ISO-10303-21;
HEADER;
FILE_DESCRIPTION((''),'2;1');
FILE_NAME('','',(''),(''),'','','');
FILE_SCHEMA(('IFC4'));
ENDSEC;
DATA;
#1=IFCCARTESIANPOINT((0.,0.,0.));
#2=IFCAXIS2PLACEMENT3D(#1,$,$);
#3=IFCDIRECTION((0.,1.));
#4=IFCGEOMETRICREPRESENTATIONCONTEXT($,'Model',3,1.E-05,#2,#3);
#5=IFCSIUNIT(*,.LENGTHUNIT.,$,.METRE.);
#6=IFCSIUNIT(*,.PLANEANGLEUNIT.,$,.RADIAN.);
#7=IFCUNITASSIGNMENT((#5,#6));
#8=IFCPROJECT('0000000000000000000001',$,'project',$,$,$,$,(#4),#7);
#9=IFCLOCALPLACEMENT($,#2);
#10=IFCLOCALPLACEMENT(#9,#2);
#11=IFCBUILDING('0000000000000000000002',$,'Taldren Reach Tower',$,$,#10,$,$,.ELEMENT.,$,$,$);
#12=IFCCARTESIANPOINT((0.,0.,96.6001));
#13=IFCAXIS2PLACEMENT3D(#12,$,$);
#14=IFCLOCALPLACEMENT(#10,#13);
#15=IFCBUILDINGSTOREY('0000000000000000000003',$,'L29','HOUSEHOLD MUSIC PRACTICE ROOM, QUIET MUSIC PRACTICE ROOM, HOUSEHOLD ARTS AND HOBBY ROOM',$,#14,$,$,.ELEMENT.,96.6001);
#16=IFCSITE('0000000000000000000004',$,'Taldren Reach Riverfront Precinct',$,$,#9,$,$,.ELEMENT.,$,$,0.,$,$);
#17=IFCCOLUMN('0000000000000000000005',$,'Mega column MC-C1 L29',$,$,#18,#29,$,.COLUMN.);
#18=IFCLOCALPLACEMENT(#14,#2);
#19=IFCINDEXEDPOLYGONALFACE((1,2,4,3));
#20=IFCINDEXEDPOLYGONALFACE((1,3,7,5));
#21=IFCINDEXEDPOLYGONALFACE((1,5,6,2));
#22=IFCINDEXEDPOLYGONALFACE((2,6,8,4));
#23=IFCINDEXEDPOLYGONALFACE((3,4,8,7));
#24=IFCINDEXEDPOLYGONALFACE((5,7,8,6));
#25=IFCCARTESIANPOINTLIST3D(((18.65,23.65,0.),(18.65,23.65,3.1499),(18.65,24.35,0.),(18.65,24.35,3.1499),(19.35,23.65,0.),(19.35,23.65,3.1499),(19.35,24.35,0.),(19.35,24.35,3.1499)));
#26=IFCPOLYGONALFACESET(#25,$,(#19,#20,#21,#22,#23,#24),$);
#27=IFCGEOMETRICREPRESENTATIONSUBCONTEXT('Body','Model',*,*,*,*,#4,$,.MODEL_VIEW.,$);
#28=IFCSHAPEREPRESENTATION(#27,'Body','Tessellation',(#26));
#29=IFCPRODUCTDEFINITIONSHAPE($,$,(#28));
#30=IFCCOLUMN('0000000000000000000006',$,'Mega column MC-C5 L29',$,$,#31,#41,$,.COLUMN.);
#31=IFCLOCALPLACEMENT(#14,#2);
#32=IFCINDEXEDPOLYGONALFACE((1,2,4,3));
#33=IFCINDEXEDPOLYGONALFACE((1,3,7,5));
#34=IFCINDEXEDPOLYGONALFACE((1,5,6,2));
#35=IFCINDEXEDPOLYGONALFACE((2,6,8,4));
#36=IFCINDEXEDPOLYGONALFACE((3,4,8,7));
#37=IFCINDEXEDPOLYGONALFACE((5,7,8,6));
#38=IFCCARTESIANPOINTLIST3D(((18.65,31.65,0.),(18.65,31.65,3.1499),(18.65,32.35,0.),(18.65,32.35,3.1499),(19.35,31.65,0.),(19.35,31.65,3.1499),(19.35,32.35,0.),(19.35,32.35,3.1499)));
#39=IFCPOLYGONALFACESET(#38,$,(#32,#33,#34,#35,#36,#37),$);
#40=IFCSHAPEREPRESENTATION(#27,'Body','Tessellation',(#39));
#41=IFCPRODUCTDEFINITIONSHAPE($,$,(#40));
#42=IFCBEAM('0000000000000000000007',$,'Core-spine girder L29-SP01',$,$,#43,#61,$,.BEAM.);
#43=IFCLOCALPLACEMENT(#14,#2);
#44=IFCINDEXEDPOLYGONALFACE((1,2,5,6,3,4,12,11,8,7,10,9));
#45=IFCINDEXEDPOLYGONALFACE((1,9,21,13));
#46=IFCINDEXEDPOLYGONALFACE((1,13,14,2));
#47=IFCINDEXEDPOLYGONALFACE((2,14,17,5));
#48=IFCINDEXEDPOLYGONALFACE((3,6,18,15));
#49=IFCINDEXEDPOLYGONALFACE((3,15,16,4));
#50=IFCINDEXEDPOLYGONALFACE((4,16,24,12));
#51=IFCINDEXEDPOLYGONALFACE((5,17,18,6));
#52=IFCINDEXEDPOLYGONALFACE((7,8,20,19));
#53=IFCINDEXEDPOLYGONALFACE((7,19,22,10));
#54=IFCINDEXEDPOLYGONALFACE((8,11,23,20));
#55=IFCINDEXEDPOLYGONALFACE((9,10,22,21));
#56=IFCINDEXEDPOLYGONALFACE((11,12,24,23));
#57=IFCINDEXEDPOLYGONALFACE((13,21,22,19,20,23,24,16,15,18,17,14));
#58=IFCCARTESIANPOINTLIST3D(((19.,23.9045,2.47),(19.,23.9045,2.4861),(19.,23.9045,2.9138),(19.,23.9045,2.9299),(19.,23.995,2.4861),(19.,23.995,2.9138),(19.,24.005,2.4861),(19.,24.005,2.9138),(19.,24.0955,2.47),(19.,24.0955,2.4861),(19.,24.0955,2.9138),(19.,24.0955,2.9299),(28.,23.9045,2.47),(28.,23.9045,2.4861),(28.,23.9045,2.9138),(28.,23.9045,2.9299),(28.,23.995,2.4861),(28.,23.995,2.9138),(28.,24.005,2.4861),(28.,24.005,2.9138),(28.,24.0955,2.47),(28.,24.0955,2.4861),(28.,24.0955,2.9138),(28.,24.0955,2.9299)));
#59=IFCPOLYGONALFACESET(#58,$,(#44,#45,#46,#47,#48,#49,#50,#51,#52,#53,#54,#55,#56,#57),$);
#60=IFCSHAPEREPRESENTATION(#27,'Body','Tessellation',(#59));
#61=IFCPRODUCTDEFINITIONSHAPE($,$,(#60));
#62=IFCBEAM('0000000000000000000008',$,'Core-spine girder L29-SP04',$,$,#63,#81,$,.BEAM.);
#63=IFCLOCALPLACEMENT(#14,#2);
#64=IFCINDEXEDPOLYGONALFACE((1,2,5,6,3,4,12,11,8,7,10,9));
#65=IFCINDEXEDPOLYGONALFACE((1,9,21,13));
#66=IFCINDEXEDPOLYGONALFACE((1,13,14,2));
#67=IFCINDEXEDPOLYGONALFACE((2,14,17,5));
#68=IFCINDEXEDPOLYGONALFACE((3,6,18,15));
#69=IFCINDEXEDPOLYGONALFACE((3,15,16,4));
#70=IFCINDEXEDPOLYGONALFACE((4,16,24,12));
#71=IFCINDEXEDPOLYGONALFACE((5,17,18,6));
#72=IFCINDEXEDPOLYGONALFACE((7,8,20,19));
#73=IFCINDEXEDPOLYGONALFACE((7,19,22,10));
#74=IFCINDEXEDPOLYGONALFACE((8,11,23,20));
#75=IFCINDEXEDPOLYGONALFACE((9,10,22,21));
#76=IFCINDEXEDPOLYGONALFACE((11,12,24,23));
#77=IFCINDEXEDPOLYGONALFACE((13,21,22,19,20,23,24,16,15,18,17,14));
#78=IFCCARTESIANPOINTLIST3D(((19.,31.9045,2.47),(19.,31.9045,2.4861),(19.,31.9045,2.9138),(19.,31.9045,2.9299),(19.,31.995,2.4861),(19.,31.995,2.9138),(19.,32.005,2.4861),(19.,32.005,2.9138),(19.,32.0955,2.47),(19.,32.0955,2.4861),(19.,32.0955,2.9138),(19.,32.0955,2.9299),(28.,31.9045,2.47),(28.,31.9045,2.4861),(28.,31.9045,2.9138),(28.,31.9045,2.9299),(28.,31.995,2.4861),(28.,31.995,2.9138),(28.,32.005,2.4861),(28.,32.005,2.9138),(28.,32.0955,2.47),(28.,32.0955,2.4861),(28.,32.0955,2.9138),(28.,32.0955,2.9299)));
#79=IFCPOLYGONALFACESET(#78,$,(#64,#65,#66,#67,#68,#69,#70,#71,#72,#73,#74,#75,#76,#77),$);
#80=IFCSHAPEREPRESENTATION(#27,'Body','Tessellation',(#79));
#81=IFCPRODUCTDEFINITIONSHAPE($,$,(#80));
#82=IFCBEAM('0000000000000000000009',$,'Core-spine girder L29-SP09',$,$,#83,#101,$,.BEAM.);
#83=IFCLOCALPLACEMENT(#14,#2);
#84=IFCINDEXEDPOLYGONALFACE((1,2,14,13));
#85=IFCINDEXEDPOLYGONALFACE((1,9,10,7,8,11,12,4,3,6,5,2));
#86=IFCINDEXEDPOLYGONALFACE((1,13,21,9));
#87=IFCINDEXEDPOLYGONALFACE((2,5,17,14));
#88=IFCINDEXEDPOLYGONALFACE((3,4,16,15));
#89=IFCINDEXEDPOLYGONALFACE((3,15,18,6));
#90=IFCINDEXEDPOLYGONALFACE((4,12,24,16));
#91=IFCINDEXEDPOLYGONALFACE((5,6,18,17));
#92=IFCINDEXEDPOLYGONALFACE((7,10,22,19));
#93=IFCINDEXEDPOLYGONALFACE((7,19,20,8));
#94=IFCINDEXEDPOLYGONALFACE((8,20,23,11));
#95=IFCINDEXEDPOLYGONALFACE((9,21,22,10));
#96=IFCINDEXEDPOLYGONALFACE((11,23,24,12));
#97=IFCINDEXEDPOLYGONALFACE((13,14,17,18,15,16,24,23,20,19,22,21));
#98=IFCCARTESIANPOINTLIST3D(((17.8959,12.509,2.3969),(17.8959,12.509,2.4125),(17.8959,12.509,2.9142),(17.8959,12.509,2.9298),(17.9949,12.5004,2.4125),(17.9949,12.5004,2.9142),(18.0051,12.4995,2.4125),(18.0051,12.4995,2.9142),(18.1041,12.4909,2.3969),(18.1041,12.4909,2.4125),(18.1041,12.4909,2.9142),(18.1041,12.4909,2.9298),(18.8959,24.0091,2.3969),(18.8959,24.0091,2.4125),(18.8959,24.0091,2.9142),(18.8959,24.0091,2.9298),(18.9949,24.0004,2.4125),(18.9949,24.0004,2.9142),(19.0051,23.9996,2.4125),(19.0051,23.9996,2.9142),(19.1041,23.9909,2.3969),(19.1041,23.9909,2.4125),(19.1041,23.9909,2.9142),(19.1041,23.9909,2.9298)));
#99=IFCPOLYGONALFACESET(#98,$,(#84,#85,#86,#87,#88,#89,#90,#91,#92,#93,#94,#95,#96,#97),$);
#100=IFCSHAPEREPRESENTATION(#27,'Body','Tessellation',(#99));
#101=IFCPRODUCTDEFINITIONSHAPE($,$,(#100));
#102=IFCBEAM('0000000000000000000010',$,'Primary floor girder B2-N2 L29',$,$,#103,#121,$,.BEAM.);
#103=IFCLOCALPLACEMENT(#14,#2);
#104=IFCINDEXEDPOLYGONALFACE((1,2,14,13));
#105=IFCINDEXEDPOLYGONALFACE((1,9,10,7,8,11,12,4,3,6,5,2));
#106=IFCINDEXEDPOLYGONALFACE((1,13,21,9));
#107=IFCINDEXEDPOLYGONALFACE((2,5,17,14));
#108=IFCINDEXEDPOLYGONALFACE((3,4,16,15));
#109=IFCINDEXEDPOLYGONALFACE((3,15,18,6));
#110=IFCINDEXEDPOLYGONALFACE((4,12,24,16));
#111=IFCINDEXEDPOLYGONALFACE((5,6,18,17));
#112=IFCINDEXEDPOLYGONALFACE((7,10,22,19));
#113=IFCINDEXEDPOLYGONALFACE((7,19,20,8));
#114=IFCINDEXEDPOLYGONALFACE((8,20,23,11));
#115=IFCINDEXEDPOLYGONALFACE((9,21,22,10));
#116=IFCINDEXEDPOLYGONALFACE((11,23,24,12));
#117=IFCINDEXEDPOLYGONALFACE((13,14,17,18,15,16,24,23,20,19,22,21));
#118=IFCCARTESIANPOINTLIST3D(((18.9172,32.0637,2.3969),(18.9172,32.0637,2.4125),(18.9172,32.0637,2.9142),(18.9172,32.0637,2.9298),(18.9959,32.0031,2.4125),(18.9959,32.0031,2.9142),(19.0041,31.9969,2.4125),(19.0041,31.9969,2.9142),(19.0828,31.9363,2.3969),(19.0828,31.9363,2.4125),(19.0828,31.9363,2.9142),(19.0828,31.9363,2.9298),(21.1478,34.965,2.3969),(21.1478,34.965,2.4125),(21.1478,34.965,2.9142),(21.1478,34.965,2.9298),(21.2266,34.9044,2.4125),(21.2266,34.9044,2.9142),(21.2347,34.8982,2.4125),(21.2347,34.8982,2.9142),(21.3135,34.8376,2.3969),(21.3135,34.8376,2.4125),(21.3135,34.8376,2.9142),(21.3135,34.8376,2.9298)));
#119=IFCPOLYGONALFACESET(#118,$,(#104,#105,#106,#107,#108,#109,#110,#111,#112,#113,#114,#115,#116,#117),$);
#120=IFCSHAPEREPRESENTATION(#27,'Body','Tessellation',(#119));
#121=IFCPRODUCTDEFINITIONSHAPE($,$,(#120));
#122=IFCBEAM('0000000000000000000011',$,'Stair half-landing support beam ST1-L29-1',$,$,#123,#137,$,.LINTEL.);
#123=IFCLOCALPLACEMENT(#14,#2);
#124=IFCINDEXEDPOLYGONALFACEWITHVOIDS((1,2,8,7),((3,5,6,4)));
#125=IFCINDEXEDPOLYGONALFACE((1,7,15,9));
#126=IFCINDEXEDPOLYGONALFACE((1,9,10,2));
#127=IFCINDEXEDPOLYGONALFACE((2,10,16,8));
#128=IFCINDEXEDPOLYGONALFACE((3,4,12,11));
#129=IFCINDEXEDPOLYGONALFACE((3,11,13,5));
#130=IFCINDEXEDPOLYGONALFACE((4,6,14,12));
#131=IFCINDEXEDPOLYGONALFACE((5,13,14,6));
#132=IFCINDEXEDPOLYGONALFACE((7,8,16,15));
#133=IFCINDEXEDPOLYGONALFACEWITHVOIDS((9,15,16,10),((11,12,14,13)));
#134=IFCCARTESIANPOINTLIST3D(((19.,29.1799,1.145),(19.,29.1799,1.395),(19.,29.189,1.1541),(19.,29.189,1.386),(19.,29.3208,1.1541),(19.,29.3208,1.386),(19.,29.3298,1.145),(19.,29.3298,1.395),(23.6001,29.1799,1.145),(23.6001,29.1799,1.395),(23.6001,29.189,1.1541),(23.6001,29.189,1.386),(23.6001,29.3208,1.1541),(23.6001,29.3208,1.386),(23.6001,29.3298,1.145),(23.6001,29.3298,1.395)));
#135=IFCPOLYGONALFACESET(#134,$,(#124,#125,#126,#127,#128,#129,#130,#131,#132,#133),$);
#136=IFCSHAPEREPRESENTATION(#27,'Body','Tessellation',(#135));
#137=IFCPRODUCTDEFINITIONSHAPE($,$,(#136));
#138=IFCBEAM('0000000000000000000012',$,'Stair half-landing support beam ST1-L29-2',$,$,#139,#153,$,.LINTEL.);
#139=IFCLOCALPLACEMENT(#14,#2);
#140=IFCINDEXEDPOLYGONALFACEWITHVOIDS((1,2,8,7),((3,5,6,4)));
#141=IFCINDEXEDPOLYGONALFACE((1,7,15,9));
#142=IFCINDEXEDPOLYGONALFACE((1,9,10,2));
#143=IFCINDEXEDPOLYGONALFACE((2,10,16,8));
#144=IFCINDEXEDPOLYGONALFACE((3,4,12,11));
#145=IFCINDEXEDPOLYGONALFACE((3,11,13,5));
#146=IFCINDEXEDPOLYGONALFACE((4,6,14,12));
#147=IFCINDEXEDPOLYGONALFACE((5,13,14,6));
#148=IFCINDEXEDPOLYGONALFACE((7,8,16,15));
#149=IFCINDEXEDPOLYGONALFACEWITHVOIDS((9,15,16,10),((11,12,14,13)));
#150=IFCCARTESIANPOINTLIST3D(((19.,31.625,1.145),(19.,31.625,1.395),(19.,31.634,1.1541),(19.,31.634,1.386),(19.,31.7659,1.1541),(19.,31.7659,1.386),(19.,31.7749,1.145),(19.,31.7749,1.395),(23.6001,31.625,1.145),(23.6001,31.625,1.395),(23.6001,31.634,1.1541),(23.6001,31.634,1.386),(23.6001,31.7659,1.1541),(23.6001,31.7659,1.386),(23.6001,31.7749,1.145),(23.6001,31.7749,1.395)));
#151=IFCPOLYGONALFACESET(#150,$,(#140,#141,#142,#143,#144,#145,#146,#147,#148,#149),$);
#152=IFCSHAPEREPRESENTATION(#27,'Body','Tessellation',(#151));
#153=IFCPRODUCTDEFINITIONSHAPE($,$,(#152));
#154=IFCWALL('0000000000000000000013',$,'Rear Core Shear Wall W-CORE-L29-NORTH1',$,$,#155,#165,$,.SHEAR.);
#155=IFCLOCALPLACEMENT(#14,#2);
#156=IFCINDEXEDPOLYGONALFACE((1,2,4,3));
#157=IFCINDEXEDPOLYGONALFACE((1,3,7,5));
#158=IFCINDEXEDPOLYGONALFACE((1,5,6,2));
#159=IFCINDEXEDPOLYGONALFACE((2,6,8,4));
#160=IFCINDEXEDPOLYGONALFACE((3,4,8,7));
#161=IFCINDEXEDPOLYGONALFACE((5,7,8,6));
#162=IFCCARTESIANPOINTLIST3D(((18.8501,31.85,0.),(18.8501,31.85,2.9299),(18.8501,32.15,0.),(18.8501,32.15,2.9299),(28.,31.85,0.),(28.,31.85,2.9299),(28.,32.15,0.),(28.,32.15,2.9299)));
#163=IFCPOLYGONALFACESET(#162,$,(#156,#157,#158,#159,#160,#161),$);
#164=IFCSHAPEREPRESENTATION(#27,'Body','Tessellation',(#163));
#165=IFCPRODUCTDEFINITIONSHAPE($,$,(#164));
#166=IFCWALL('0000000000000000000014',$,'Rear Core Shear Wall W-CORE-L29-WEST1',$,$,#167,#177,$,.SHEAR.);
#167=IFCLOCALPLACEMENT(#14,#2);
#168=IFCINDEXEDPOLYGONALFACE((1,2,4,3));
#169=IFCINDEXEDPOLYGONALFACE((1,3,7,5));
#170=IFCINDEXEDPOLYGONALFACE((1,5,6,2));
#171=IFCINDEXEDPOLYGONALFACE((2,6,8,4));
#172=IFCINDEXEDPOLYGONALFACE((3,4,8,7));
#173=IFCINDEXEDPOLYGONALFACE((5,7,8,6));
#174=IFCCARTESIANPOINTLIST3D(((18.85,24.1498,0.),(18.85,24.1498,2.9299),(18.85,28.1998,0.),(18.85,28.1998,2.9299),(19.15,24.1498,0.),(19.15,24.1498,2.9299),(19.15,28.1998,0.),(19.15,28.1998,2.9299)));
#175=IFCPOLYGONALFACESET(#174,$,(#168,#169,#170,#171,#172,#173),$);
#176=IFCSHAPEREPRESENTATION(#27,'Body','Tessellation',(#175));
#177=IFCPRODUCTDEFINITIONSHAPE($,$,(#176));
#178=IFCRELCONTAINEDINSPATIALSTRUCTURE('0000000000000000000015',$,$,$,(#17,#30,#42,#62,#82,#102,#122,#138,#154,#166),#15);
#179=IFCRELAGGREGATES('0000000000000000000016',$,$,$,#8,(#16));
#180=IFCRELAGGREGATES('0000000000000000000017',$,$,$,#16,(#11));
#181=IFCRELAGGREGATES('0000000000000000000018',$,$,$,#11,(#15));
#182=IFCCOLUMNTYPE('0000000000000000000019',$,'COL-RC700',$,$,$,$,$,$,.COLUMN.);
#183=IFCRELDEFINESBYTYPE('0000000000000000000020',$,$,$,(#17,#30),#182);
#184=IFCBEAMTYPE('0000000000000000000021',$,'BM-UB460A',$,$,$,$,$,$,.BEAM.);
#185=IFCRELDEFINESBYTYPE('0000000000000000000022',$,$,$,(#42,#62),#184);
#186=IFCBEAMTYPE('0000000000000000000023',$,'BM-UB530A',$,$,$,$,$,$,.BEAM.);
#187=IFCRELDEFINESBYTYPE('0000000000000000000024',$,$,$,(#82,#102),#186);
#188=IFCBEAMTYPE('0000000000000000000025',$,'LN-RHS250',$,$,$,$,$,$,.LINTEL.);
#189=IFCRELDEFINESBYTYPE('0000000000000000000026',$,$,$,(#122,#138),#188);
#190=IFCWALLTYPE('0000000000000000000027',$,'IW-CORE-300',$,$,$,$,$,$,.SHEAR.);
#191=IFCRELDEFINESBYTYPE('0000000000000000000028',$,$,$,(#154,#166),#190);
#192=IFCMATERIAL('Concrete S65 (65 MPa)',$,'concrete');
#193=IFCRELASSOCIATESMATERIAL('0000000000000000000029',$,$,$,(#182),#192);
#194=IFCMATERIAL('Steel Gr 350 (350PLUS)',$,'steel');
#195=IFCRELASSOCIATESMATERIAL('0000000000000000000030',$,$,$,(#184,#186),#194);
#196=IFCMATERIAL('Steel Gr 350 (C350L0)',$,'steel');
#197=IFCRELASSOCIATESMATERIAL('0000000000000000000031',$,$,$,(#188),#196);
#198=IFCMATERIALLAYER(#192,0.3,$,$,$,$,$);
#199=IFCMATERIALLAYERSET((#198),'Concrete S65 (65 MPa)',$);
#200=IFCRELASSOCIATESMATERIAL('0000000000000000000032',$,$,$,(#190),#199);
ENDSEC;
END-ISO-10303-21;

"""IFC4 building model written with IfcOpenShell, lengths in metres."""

from ifc_helpers import new_model, si_unit, direction, frame, frame_2d, origin, origin_2d, place, context, subcontext, project, spatial, rectangle, hollow_rectangle, i_section, extrude, source, transform, mapped, material, layer, layer_set, material_profile, profile_set, type_object, element, save


model = new_model("IFC4")

# Units and contexts
model_context = context("Model", 3, precision=1e-05, world=origin(), true_north=direction((0.0, 1.0)))
body_context = subcontext(model_context, "Body", "Model", "MODEL_VIEW")
ifc_project = project(units=[si_unit("LENGTHUNIT", "METRE"), si_unit("PLANEANGLEUNIT", "RADIAN")], contexts=[model_context])

# Site, building, storey
site_placement = place(None, origin())
site = spatial("IfcSite", under=ifc_project, at=site_placement, Name="Taldren Reach Riverfront Precinct", CompositionType="ELEMENT", RefElevation=0.0)
building_placement = place(site_placement, origin())
building = spatial("IfcBuilding", under=site, at=building_placement, Name="Taldren Reach Tower", CompositionType="ELEMENT")
storey_placement = place(building_placement, frame((0.0, 0.0, 96.6001)))
storey = spatial("IfcBuildingStorey", under=building, at=storey_placement, Name="L29", Description="HOUSEHOLD MUSIC PRACTICE ROOM, QUIET MUSIC PRACTICE ROOM, HOUSEHOLD ARTS AND HOBBY ROOM", CompositionType="ELEMENT", Elevation=96.6001)

# Columns
ifc_material_1 = material(Name="Concrete S65 (65 MPa)", Category="concrete")
ifc_material_profile_1 = material_profile(ifc_material_1, rectangle(XDim=0.7, YDim=0.7, at=origin_2d()), Name="RC-700x700")
ifc_profile_set_1 = profile_set([ifc_material_profile_1], Name="Concrete S65 (65 MPa)")
column_type = type_object("IfcColumnType", Name="COL-RC700", PredefinedType="COLUMN", material=ifc_profile_set_1)
shared_shape_1 = source(origin(), body_context, "Body", "SweptSolid", [
    extrude(rectangle(XDim=0.7, YDim=0.7, at=origin_2d()), origin(), (0.0, 0.0, 1.0), 3.1499),
])
for number, where, z_axis, x_axis, name in (
    (1, (19.0, 24.0, 0.0), (0.0, 0.0, 1.0), (1.0, 0.0, 0.0), "Mega column MC-C1 L29"),
    (2, (19.0, 32.0, 0.0), (0.0, 0.0, 1.0), (1.0, 0.0, 0.0), "Mega column MC-C5 L29"),
):
    element("IfcColumn", number, at=place(storey_placement, frame(where, z_axis=z_axis, x_axis=x_axis)), inside=storey, type_object=column_type, Name=name, PredefinedType="COLUMN", context=body_context, shape_type="MappedRepresentation", body=[
        mapped(shared_shape_1, transform((0.0, 0.0, 0.0), scale=1.0)),
    ])

# Beams
ifc_material_2 = material(Name="Steel Gr 350 (350PLUS)", Category="steel")
ifc_material_profile_2 = material_profile(ifc_material_2, i_section(OverallWidth=0.1909, OverallDepth=0.46, WebThickness=0.01, FlangeThickness=0.0161, at=origin_2d()), Name="460UB82.1")
ifc_profile_set_2 = profile_set([ifc_material_profile_2], Name="Steel Gr 350 (350PLUS)")
beam_type_1 = type_object("IfcBeamType", Name="BM-UB460A", PredefinedType="BEAM", material=ifc_profile_set_2)
shared_shape_2 = source(origin(), body_context, "Body", "SweptSolid", [
    extrude(i_section(OverallWidth=0.1909, OverallDepth=0.46, WebThickness=0.01, FlangeThickness=0.0161, at=origin_2d()), origin(), (0.0, 0.0, 1.0), 9.0),
])
for number, where, z_axis, x_axis, name in (
    (3, (19.0, 24.0, 2.7), (1.0, 0.0, 0.0), (0.0, 1.0, 0.0), "Core-spine girder L29-SP01"),
    (4, (19.0, 32.0, 2.7), (1.0, 0.0, 0.0), (0.0, 1.0, 0.0), "Core-spine girder L29-SP04"),
):
    element("IfcBeam", number, at=place(storey_placement, frame(where, z_axis=z_axis, x_axis=x_axis)), inside=storey, type_object=beam_type_1, Name=name, PredefinedType="BEAM", context=body_context, shape_type="MappedRepresentation", body=[
        mapped(shared_shape_2, transform((0.0, 0.0, 0.0), scale=1.0)),
    ])
ifc_material_profile_3 = material_profile(ifc_material_2, i_section(OverallWidth=0.209, OverallDepth=0.533, WebThickness=0.0103, FlangeThickness=0.0156, at=origin_2d()), Name="530UB92.4")
ifc_profile_set_3 = profile_set([ifc_material_profile_3], Name="Steel Gr 350 (350PLUS)")
beam_type_2 = type_object("IfcBeamType", Name="BM-UB530A", PredefinedType="BEAM", material=ifc_profile_set_3)
shared_shape_3 = source(origin(), body_context, "Body", "SweptSolid", [
    extrude(i_section(OverallWidth=0.209, OverallDepth=0.533, WebThickness=0.0103, FlangeThickness=0.0156, at=origin_2d()), origin(), (0.0, 0.0, 1.0), 11.5435),
])
beam_1_placement = place(storey_placement, frame((19.0, 24.0, 2.6633), z_axis=(-0.08663, -0.996241, 0.0), x_axis=(0.996241, -0.08663, 0.0)))
element("IfcBeam", 5, at=beam_1_placement, inside=storey, type_object=beam_type_2, Name="Core-spine girder L29-SP09", PredefinedType="BEAM", context=body_context, shape_type="MappedRepresentation", body=[
    mapped(shared_shape_3, transform((0.0, 0.0, 0.0), scale=1.0)),
])
shared_shape_4 = source(origin(), body_context, "Body", "SweptSolid", [
    extrude(i_section(OverallWidth=0.209, OverallDepth=0.533, WebThickness=0.0103, FlangeThickness=0.0156, at=origin_2d()), origin(), (0.0, 0.0, 1.0), 3.6597),
])
beam_2_placement = place(storey_placement, frame((19.0, 32.0, 2.6633), z_axis=(0.609521, 0.79277, 0.0), x_axis=(-0.79277, 0.609521, 0.0)))
element("IfcBeam", 6, at=beam_2_placement, inside=storey, type_object=beam_type_2, Name="Primary floor girder B2-N2 L29", PredefinedType="BEAM", context=body_context, shape_type="MappedRepresentation", body=[
    mapped(shared_shape_4, transform((0.0, 0.0, 0.0), scale=1.0)),
])
ifc_material_3 = material(Name="Steel Gr 350 (C350L0)", Category="steel")
ifc_material_profile_4 = material_profile(ifc_material_3, hollow_rectangle(XDim=0.1499, YDim=0.25, WallThickness=0.009, at=origin_2d()), Name="250x150x9.0RHS")
ifc_profile_set_4 = profile_set([ifc_material_profile_4], Name="Steel Gr 350 (C350L0)")
beam_type_3 = type_object("IfcBeamType", Name="LN-RHS250", PredefinedType="LINTEL", material=ifc_profile_set_4)
shared_shape_5 = source(origin(), body_context, "Body", "SweptSolid", [
    extrude(hollow_rectangle(XDim=0.1499, YDim=0.25, WallThickness=0.009, at=origin_2d()), origin(), (0.0, 0.0, 1.0), 4.6001),
])
for number, where, z_axis, x_axis, name in (
    (7, (19.0, 29.2549, 1.27), (1.0, 0.0, 0.0), (0.0, 1.0, 0.0), "Stair half-landing support beam ST1-L29-1"),
    (8, (19.0, 31.7, 1.27), (1.0, 0.0, 0.0), (0.0, 1.0, 0.0), "Stair half-landing support beam ST1-L29-2"),
):
    element("IfcBeam", number, at=place(storey_placement, frame(where, z_axis=z_axis, x_axis=x_axis)), inside=storey, type_object=beam_type_3, Name=name, PredefinedType="LINTEL", context=body_context, shape_type="MappedRepresentation", body=[
        mapped(shared_shape_5, transform((0.0, 0.0, 0.0), scale=1.0)),
    ])

# Walls
ifc_layer_1 = layer(ifc_material_1, 0.3)
ifc_layer_set_1 = layer_set([ifc_layer_1], Name="Concrete S65 (65 MPa)")
wall_type_1 = type_object("IfcWallType", Name="IW-CORE-300", PredefinedType="SHEAR", material=ifc_layer_set_1)
shared_shape_6 = source(origin(), body_context, "Body", "SweptSolid", [
    extrude(rectangle(XDim=9.1499, YDim=0.3, at=frame_2d((4.575, 0.0))), origin(), (0.0, 0.0, 1.0), 2.9299),
])
wall_1_placement = place(storey_placement, frame((18.8501, 32.0, 0.0), z_axis=(0.0, 0.0, 1.0), x_axis=(1.0, 0.0, 0.0)))
element("IfcWall", 9, at=wall_1_placement, inside=storey, type_object=wall_type_1, Name="Rear Core Shear Wall W-CORE-L29-NORTH1", PredefinedType="SHEAR", context=body_context, shape_type="MappedRepresentation", body=[
    mapped(shared_shape_6, transform((0.0, 0.0, 0.0), scale=1.0)),
])
shared_shape_7 = source(origin(), body_context, "Body", "SweptSolid", [
    extrude(rectangle(XDim=4.05, YDim=0.3, at=frame_2d((2.0249, 0.0))), origin(), (0.0, 0.0, 1.0), 2.9299),
])
wall_2_placement = place(storey_placement, frame((19.0, 24.1499, 0.0), z_axis=(0.0, 0.0, 1.0), x_axis=(0.0, 1.0, 0.0)))
element("IfcWall", 10, at=wall_2_placement, inside=storey, type_object=wall_type_1, Name="Rear Core Shear Wall W-CORE-L29-WEST1", PredefinedType="SHEAR", context=body_context, shape_type="MappedRepresentation", body=[
    mapped(shared_shape_7, transform((0.0, 0.0, 0.0), scale=1.0)),
])

save(model, "model.ifc")
